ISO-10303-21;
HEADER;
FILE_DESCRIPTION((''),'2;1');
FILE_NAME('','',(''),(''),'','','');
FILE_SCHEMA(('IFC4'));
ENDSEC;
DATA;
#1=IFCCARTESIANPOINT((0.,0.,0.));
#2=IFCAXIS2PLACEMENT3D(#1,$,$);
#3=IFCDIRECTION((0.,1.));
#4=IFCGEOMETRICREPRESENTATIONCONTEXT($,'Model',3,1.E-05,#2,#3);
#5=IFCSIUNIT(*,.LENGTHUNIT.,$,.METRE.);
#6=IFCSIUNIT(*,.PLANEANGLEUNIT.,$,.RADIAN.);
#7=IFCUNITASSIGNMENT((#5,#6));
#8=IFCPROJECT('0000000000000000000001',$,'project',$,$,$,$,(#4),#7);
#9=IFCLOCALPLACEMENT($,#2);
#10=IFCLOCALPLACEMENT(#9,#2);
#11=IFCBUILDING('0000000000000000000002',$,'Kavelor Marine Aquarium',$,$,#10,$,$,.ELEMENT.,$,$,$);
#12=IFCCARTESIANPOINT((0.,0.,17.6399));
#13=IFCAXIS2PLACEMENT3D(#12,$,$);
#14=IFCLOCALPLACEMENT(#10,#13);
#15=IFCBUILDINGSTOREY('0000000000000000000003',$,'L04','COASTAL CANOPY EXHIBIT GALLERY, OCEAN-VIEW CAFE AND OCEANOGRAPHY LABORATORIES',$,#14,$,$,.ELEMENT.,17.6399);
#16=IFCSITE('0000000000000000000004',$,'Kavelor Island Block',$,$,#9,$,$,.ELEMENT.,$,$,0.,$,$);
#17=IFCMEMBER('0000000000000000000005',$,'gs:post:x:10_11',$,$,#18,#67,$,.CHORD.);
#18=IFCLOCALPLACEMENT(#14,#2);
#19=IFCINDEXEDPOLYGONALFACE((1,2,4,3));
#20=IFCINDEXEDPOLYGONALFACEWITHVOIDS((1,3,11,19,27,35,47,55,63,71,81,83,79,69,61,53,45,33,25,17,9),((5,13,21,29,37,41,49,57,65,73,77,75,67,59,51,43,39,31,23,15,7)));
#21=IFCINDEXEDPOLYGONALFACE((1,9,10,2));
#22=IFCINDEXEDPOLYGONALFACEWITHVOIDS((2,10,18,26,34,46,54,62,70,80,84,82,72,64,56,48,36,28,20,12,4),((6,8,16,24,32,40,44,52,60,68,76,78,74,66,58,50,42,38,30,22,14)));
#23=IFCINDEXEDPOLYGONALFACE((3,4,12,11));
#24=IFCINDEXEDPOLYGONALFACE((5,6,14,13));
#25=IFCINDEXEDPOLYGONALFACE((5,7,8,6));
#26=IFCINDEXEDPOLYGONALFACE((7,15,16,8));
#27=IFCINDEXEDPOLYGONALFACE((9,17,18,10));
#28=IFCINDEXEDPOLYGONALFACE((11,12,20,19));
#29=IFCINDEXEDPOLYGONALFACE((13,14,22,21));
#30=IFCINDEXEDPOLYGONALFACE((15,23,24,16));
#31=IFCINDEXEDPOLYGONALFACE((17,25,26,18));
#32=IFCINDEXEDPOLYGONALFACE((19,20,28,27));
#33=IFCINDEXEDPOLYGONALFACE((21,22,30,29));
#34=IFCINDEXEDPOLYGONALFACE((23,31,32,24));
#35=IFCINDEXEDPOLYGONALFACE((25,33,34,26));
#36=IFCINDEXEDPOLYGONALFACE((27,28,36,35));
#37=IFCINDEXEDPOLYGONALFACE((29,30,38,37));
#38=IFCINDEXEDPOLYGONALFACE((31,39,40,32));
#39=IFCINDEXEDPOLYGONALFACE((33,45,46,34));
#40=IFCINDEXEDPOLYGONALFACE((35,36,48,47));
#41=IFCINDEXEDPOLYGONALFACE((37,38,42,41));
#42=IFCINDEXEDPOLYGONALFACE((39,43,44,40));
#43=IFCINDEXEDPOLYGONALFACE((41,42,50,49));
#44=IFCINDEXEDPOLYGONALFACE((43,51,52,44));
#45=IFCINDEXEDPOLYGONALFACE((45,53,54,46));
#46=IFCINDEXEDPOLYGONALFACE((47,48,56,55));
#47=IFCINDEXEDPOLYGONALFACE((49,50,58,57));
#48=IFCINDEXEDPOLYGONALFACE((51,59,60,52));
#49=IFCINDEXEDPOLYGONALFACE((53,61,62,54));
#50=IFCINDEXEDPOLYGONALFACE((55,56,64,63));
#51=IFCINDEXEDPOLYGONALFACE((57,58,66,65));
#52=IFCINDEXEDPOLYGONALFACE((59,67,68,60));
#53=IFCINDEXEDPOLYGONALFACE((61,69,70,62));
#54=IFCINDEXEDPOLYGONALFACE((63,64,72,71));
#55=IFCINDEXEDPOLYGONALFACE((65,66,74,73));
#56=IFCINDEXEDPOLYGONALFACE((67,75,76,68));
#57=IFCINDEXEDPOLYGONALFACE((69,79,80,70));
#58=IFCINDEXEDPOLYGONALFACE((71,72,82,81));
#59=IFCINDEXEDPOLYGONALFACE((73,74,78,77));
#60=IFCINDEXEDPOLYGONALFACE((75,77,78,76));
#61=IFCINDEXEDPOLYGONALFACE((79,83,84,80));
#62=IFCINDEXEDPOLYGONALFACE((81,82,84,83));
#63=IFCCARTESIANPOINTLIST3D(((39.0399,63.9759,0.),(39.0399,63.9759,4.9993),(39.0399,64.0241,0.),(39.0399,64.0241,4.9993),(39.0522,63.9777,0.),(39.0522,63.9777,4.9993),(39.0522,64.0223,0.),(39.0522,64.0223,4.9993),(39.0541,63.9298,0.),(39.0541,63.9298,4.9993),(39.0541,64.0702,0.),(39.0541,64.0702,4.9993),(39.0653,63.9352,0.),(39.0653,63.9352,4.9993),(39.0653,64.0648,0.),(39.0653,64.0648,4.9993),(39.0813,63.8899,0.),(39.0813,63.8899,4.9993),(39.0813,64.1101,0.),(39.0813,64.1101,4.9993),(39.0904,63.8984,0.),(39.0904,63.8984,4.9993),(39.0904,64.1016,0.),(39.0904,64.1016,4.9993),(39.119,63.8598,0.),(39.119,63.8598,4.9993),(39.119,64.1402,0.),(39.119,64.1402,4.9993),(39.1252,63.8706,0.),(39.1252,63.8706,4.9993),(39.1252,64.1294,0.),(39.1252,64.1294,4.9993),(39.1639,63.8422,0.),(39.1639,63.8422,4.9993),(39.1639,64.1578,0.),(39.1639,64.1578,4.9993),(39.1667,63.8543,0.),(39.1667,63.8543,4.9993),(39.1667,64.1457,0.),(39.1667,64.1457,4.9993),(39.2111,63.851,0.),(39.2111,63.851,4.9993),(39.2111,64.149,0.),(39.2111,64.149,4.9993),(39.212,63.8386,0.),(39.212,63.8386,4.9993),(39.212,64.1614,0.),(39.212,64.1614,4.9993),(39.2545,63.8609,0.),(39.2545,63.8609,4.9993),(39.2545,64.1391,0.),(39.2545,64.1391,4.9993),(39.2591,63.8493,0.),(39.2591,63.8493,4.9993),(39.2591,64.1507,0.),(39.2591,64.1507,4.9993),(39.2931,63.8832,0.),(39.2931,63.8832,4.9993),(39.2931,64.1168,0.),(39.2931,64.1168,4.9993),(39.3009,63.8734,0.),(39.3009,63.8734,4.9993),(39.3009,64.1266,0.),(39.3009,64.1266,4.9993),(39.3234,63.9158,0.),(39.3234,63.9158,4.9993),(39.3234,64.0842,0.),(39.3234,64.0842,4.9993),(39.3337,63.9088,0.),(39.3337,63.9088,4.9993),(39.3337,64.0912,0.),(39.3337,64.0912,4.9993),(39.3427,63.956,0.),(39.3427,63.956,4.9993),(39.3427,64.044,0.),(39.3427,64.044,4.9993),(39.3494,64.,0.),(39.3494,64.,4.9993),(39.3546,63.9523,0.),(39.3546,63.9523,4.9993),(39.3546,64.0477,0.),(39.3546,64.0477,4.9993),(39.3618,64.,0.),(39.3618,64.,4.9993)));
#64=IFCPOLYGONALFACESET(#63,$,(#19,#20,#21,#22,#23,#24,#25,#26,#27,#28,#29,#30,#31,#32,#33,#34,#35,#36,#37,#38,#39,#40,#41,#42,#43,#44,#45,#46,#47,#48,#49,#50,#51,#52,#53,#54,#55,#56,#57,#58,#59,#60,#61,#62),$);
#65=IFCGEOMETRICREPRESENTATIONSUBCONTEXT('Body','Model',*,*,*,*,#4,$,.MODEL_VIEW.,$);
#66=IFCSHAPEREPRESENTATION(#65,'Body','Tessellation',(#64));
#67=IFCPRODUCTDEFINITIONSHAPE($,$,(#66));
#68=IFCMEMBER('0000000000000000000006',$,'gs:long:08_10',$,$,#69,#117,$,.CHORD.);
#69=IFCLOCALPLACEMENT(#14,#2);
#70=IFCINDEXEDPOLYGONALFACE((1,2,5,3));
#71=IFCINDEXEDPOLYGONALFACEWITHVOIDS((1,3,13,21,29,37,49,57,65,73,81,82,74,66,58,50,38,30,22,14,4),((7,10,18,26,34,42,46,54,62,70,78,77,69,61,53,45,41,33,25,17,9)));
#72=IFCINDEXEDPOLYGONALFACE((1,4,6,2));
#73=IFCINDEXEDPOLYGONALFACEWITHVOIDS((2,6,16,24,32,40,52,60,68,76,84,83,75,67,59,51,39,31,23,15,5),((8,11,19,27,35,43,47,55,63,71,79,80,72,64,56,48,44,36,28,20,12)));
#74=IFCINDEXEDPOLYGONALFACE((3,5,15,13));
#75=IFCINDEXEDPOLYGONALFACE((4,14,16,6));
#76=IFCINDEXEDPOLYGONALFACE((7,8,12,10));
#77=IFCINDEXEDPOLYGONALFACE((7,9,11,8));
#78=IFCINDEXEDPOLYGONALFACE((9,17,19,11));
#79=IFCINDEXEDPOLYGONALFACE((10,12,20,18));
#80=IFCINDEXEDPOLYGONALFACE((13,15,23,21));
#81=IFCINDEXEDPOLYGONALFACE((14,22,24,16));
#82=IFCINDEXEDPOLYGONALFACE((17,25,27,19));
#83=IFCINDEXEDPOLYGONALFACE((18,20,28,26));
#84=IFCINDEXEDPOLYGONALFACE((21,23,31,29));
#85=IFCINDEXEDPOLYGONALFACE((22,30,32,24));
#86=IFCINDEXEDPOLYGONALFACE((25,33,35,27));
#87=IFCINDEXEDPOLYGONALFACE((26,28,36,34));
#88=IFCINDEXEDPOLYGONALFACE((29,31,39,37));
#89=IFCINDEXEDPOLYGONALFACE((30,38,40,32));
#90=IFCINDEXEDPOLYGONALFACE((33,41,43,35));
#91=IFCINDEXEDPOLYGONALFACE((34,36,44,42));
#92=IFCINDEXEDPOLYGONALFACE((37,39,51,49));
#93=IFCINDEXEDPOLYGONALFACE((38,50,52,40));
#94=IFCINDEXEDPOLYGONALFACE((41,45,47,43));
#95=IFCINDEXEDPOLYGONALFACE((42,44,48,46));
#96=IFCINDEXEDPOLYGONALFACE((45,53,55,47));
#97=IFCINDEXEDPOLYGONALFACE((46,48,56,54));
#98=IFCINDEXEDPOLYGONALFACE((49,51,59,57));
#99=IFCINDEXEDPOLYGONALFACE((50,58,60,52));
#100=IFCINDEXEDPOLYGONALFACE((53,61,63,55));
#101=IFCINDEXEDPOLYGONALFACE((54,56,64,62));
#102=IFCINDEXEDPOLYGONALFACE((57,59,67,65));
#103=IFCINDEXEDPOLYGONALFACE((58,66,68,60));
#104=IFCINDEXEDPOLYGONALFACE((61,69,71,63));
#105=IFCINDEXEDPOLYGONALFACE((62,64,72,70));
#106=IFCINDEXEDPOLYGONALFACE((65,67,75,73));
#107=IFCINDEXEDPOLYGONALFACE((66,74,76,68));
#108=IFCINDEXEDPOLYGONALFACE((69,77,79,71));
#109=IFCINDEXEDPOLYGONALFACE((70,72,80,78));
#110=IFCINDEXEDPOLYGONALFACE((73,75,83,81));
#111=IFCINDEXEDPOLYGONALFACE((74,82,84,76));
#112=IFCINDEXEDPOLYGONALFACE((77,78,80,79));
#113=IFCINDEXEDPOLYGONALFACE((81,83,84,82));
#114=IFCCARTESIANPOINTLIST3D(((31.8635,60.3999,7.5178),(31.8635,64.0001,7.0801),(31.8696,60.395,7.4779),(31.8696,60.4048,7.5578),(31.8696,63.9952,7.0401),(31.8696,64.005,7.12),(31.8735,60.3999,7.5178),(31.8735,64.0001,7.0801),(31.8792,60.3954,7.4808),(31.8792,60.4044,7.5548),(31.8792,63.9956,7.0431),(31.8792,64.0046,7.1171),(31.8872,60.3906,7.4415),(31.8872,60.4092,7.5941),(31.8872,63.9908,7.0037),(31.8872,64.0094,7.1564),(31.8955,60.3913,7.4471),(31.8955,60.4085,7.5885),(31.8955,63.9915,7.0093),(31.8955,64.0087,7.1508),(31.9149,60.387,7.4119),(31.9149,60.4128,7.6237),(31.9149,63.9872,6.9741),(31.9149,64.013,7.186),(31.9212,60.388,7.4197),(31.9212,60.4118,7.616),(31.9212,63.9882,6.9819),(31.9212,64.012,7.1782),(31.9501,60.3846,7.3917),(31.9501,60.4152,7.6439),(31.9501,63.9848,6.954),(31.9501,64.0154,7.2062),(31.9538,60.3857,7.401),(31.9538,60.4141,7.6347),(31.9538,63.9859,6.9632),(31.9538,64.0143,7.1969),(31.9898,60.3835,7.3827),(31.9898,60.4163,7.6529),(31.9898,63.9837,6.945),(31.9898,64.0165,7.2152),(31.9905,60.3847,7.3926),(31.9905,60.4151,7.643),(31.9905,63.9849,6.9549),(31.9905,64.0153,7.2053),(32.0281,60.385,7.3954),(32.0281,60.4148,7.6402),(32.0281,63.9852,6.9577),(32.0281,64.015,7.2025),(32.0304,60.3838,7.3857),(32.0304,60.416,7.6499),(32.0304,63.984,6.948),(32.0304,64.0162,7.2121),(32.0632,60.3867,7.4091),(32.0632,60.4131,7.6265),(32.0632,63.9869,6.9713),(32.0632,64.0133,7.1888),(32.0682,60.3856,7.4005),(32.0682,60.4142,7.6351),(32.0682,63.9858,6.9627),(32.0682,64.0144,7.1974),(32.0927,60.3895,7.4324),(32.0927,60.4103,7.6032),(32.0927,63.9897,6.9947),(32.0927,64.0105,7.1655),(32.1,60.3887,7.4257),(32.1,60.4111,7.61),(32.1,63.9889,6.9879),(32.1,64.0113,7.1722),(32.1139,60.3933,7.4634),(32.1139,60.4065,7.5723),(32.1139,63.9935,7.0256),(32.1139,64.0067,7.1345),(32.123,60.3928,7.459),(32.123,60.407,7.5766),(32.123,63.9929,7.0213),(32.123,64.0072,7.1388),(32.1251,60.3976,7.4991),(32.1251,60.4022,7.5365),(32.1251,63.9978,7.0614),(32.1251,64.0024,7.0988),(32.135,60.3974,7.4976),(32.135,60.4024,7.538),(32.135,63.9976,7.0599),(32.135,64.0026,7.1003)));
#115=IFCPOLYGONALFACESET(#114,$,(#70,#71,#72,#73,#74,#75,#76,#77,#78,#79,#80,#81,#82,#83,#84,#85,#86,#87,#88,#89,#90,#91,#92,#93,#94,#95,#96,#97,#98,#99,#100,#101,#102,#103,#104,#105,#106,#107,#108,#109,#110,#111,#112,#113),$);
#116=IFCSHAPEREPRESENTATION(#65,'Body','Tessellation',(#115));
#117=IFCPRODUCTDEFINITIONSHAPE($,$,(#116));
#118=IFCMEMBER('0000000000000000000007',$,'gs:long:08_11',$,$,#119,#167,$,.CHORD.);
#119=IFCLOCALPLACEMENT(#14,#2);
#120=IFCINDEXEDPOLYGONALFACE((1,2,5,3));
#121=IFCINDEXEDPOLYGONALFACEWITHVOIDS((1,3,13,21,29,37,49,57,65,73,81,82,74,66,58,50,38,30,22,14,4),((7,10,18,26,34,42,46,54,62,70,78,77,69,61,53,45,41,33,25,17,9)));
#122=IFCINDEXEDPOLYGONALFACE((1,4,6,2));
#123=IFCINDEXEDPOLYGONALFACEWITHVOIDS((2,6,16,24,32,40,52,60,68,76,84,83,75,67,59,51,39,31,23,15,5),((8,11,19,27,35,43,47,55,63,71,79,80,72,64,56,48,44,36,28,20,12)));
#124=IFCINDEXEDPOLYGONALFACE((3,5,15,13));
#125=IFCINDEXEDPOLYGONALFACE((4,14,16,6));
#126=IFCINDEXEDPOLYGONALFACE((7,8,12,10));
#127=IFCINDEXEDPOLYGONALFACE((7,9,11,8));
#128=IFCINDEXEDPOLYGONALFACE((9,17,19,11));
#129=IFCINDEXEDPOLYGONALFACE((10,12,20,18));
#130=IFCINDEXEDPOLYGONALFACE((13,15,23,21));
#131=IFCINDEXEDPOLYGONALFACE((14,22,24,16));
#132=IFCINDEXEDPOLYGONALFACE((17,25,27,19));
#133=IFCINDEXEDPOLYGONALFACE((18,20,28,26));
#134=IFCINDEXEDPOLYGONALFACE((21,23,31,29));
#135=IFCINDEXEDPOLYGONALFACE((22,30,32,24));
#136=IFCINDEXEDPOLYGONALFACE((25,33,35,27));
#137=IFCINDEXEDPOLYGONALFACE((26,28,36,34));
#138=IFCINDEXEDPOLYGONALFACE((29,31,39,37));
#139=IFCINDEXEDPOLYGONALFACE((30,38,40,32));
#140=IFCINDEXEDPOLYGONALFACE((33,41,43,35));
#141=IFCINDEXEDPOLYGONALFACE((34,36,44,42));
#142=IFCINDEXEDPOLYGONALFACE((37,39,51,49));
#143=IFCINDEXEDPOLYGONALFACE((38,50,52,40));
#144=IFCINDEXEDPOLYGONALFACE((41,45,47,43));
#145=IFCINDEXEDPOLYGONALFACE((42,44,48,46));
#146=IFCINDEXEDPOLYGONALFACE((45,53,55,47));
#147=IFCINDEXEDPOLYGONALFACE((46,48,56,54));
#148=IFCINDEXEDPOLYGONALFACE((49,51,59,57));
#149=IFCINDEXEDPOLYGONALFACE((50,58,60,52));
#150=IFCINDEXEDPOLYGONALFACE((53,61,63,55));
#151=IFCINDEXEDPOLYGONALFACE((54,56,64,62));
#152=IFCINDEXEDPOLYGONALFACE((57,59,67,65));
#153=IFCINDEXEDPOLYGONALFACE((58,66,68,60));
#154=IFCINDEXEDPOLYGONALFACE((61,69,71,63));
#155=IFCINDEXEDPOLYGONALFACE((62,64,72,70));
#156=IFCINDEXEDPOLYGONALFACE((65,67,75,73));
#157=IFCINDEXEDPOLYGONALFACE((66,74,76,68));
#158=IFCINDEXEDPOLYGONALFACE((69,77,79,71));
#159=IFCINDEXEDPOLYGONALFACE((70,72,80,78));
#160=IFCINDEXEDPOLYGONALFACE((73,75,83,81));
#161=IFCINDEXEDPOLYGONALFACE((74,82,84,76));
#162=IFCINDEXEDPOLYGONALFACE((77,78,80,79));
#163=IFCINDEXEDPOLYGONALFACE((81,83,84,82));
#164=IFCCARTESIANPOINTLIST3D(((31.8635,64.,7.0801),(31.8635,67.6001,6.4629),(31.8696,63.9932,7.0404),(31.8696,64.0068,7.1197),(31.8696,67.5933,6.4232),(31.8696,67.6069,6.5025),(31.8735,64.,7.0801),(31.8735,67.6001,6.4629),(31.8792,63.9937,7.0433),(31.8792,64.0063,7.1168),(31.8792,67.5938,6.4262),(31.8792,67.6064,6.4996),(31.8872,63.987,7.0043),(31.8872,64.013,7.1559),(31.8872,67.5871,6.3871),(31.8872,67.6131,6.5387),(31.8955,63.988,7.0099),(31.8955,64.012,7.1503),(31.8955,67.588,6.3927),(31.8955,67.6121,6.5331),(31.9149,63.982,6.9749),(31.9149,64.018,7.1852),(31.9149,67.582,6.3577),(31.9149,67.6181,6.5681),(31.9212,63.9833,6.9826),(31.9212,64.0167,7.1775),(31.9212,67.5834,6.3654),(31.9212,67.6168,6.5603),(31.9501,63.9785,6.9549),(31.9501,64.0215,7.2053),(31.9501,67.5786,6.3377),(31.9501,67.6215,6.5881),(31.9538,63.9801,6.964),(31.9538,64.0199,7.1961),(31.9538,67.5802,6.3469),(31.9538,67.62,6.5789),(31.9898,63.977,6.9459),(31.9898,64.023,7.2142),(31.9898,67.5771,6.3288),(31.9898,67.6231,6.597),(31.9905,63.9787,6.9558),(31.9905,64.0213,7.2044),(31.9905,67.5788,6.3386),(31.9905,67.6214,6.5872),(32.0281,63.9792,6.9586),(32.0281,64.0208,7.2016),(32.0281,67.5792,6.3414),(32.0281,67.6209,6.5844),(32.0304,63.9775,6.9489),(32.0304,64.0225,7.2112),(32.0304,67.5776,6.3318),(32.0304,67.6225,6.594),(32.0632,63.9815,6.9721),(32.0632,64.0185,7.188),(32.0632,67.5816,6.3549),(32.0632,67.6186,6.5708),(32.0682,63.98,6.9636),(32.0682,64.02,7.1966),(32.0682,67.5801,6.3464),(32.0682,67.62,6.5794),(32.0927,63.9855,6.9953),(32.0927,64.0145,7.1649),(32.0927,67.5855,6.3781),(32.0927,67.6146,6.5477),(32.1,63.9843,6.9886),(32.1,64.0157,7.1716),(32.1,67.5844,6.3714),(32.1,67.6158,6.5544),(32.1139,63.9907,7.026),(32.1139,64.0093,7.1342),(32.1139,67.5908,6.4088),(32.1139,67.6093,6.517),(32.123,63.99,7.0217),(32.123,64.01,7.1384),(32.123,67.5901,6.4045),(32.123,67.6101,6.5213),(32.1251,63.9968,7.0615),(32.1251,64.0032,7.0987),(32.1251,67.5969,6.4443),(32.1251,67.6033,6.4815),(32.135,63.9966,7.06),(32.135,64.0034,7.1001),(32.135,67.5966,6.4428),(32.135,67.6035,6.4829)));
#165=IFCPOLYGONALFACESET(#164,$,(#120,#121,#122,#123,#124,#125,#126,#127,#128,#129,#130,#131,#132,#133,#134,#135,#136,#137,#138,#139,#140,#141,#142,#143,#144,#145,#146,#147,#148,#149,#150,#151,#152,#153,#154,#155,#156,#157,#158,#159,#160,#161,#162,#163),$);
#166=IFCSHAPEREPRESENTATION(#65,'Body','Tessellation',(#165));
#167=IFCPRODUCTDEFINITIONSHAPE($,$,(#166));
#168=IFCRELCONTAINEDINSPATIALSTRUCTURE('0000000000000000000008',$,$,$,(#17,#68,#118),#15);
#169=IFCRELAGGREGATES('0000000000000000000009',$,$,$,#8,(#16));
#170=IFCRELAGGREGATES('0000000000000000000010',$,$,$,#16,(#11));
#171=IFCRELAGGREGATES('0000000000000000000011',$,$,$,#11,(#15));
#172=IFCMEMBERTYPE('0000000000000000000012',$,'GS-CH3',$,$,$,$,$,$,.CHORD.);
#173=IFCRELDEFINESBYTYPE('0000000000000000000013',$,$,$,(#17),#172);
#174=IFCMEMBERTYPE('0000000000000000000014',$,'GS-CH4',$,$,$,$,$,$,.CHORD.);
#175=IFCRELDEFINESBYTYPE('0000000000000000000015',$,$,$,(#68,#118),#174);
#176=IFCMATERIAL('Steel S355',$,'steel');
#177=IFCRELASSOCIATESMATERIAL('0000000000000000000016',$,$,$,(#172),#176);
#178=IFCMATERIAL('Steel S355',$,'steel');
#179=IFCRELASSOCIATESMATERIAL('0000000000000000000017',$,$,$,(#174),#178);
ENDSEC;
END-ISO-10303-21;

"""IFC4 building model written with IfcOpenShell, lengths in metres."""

from ifc_helpers import new_model, si_unit, direction, frame, origin, origin_2d, place, context, subcontext, project, spatial, hollow_circle, extrude, material, material_profile, profile_set, type_object, element, save


model = new_model("IFC4")

# Units and contexts
model_context = context("Model", 3, precision=1e-05, world=origin(), true_north=direction((0.0, 1.0)))
body_context = subcontext(model_context, "Body", "Model", "MODEL_VIEW")
ifc_project = project(units=[si_unit("LENGTHUNIT", "METRE"), si_unit("PLANEANGLEUNIT", "RADIAN")], contexts=[model_context])

# Site, building, storey
site_placement = place(None, origin())
site = spatial("IfcSite", under=ifc_project, at=site_placement, Name="Kavelor Island Block", CompositionType="ELEMENT", RefElevation=0.0)
building_placement = place(site_placement, origin())
building = spatial("IfcBuilding", under=site, at=building_placement, Name="Kavelor Marine Aquarium", CompositionType="ELEMENT")
storey_placement = place(building_placement, frame((0.0, 0.0, 17.6399)))
storey = spatial("IfcBuildingStorey", under=building, at=storey_placement, Name="L04", Description="COASTAL CANOPY EXHIBIT GALLERY, OCEAN-VIEW CAFE AND OCEANOGRAPHY LABORATORIES", CompositionType="ELEMENT", Elevation=17.6399)

# Members
ifc_material_1 = material(Name="Steel S355", Category="steel")
ifc_material_profile_1 = material_profile(ifc_material_1, hollow_circle(Radius=0.1619, WallThickness=0.0125, at=origin_2d()), Name="CHS 323.9x12.5")
ifc_profile_set_1 = profile_set([ifc_material_profile_1], Name="Steel S355")
member_type_1 = type_object("IfcMemberType", Name="GS-CH3", PredefinedType="CHORD", material=ifc_profile_set_1)
member_1_placement = place(storey_placement, frame((39.2, 64.0, 0.0), z_axis=(0.0, 0.0, 1.0), x_axis=(1.0, 0.0, 0.0)))
element("IfcMember", 1, at=member_1_placement, inside=storey, type_object=member_type_1, Name="gs:post:x:10_11", PredefinedType="CHORD", context=body_context, shape_type="SweptSolid", body=[
    extrude(hollow_circle(Radius=0.1619, WallThickness=0.0125, at=origin_2d()), origin(), (0.0, 0.0, 1.0), 4.9993),
])
ifc_material_2 = material(Name="Steel S355", Category="steel")
ifc_material_profile_2 = material_profile(ifc_material_2, hollow_circle(Radius=0.1365, WallThickness=0.01, at=origin_2d()), Name="CHS 273.0x10.0")
ifc_profile_set_2 = profile_set([ifc_material_profile_2], Name="Steel S355")
member_type_2 = type_object("IfcMemberType", Name="GS-CH4", PredefinedType="CHORD", material=ifc_profile_set_2)
member_2_placement = place(storey_placement, frame((32.0, 60.3999, 7.5178), z_axis=(0.0, 0.992689, -0.120703), x_axis=(-1.0, 0.0, 0.0)))
element("IfcMember", 2, at=member_2_placement, inside=storey, type_object=member_type_2, Name="gs:long:08_10", PredefinedType="CHORD", context=body_context, shape_type="SweptSolid", body=[
    extrude(hollow_circle(Radius=0.1365, WallThickness=0.01, at=origin_2d()), origin(), (0.0, 0.0, 1.0), 3.6267),
])
member_3_placement = place(storey_placement, frame((32.0, 64.0, 7.0801), z_axis=(0.0, 0.985621, -0.168971), x_axis=(-1.0, 0.0, 0.0)))
element("IfcMember", 3, at=member_3_placement, inside=storey, type_object=member_type_2, Name="gs:long:08_11", PredefinedType="CHORD", context=body_context, shape_type="SweptSolid", body=[
    extrude(hollow_circle(Radius=0.1365, WallThickness=0.01, at=origin_2d()), origin(), (0.0, 0.0, 1.0), 3.6526),
])

save(model, "model.ifc")
